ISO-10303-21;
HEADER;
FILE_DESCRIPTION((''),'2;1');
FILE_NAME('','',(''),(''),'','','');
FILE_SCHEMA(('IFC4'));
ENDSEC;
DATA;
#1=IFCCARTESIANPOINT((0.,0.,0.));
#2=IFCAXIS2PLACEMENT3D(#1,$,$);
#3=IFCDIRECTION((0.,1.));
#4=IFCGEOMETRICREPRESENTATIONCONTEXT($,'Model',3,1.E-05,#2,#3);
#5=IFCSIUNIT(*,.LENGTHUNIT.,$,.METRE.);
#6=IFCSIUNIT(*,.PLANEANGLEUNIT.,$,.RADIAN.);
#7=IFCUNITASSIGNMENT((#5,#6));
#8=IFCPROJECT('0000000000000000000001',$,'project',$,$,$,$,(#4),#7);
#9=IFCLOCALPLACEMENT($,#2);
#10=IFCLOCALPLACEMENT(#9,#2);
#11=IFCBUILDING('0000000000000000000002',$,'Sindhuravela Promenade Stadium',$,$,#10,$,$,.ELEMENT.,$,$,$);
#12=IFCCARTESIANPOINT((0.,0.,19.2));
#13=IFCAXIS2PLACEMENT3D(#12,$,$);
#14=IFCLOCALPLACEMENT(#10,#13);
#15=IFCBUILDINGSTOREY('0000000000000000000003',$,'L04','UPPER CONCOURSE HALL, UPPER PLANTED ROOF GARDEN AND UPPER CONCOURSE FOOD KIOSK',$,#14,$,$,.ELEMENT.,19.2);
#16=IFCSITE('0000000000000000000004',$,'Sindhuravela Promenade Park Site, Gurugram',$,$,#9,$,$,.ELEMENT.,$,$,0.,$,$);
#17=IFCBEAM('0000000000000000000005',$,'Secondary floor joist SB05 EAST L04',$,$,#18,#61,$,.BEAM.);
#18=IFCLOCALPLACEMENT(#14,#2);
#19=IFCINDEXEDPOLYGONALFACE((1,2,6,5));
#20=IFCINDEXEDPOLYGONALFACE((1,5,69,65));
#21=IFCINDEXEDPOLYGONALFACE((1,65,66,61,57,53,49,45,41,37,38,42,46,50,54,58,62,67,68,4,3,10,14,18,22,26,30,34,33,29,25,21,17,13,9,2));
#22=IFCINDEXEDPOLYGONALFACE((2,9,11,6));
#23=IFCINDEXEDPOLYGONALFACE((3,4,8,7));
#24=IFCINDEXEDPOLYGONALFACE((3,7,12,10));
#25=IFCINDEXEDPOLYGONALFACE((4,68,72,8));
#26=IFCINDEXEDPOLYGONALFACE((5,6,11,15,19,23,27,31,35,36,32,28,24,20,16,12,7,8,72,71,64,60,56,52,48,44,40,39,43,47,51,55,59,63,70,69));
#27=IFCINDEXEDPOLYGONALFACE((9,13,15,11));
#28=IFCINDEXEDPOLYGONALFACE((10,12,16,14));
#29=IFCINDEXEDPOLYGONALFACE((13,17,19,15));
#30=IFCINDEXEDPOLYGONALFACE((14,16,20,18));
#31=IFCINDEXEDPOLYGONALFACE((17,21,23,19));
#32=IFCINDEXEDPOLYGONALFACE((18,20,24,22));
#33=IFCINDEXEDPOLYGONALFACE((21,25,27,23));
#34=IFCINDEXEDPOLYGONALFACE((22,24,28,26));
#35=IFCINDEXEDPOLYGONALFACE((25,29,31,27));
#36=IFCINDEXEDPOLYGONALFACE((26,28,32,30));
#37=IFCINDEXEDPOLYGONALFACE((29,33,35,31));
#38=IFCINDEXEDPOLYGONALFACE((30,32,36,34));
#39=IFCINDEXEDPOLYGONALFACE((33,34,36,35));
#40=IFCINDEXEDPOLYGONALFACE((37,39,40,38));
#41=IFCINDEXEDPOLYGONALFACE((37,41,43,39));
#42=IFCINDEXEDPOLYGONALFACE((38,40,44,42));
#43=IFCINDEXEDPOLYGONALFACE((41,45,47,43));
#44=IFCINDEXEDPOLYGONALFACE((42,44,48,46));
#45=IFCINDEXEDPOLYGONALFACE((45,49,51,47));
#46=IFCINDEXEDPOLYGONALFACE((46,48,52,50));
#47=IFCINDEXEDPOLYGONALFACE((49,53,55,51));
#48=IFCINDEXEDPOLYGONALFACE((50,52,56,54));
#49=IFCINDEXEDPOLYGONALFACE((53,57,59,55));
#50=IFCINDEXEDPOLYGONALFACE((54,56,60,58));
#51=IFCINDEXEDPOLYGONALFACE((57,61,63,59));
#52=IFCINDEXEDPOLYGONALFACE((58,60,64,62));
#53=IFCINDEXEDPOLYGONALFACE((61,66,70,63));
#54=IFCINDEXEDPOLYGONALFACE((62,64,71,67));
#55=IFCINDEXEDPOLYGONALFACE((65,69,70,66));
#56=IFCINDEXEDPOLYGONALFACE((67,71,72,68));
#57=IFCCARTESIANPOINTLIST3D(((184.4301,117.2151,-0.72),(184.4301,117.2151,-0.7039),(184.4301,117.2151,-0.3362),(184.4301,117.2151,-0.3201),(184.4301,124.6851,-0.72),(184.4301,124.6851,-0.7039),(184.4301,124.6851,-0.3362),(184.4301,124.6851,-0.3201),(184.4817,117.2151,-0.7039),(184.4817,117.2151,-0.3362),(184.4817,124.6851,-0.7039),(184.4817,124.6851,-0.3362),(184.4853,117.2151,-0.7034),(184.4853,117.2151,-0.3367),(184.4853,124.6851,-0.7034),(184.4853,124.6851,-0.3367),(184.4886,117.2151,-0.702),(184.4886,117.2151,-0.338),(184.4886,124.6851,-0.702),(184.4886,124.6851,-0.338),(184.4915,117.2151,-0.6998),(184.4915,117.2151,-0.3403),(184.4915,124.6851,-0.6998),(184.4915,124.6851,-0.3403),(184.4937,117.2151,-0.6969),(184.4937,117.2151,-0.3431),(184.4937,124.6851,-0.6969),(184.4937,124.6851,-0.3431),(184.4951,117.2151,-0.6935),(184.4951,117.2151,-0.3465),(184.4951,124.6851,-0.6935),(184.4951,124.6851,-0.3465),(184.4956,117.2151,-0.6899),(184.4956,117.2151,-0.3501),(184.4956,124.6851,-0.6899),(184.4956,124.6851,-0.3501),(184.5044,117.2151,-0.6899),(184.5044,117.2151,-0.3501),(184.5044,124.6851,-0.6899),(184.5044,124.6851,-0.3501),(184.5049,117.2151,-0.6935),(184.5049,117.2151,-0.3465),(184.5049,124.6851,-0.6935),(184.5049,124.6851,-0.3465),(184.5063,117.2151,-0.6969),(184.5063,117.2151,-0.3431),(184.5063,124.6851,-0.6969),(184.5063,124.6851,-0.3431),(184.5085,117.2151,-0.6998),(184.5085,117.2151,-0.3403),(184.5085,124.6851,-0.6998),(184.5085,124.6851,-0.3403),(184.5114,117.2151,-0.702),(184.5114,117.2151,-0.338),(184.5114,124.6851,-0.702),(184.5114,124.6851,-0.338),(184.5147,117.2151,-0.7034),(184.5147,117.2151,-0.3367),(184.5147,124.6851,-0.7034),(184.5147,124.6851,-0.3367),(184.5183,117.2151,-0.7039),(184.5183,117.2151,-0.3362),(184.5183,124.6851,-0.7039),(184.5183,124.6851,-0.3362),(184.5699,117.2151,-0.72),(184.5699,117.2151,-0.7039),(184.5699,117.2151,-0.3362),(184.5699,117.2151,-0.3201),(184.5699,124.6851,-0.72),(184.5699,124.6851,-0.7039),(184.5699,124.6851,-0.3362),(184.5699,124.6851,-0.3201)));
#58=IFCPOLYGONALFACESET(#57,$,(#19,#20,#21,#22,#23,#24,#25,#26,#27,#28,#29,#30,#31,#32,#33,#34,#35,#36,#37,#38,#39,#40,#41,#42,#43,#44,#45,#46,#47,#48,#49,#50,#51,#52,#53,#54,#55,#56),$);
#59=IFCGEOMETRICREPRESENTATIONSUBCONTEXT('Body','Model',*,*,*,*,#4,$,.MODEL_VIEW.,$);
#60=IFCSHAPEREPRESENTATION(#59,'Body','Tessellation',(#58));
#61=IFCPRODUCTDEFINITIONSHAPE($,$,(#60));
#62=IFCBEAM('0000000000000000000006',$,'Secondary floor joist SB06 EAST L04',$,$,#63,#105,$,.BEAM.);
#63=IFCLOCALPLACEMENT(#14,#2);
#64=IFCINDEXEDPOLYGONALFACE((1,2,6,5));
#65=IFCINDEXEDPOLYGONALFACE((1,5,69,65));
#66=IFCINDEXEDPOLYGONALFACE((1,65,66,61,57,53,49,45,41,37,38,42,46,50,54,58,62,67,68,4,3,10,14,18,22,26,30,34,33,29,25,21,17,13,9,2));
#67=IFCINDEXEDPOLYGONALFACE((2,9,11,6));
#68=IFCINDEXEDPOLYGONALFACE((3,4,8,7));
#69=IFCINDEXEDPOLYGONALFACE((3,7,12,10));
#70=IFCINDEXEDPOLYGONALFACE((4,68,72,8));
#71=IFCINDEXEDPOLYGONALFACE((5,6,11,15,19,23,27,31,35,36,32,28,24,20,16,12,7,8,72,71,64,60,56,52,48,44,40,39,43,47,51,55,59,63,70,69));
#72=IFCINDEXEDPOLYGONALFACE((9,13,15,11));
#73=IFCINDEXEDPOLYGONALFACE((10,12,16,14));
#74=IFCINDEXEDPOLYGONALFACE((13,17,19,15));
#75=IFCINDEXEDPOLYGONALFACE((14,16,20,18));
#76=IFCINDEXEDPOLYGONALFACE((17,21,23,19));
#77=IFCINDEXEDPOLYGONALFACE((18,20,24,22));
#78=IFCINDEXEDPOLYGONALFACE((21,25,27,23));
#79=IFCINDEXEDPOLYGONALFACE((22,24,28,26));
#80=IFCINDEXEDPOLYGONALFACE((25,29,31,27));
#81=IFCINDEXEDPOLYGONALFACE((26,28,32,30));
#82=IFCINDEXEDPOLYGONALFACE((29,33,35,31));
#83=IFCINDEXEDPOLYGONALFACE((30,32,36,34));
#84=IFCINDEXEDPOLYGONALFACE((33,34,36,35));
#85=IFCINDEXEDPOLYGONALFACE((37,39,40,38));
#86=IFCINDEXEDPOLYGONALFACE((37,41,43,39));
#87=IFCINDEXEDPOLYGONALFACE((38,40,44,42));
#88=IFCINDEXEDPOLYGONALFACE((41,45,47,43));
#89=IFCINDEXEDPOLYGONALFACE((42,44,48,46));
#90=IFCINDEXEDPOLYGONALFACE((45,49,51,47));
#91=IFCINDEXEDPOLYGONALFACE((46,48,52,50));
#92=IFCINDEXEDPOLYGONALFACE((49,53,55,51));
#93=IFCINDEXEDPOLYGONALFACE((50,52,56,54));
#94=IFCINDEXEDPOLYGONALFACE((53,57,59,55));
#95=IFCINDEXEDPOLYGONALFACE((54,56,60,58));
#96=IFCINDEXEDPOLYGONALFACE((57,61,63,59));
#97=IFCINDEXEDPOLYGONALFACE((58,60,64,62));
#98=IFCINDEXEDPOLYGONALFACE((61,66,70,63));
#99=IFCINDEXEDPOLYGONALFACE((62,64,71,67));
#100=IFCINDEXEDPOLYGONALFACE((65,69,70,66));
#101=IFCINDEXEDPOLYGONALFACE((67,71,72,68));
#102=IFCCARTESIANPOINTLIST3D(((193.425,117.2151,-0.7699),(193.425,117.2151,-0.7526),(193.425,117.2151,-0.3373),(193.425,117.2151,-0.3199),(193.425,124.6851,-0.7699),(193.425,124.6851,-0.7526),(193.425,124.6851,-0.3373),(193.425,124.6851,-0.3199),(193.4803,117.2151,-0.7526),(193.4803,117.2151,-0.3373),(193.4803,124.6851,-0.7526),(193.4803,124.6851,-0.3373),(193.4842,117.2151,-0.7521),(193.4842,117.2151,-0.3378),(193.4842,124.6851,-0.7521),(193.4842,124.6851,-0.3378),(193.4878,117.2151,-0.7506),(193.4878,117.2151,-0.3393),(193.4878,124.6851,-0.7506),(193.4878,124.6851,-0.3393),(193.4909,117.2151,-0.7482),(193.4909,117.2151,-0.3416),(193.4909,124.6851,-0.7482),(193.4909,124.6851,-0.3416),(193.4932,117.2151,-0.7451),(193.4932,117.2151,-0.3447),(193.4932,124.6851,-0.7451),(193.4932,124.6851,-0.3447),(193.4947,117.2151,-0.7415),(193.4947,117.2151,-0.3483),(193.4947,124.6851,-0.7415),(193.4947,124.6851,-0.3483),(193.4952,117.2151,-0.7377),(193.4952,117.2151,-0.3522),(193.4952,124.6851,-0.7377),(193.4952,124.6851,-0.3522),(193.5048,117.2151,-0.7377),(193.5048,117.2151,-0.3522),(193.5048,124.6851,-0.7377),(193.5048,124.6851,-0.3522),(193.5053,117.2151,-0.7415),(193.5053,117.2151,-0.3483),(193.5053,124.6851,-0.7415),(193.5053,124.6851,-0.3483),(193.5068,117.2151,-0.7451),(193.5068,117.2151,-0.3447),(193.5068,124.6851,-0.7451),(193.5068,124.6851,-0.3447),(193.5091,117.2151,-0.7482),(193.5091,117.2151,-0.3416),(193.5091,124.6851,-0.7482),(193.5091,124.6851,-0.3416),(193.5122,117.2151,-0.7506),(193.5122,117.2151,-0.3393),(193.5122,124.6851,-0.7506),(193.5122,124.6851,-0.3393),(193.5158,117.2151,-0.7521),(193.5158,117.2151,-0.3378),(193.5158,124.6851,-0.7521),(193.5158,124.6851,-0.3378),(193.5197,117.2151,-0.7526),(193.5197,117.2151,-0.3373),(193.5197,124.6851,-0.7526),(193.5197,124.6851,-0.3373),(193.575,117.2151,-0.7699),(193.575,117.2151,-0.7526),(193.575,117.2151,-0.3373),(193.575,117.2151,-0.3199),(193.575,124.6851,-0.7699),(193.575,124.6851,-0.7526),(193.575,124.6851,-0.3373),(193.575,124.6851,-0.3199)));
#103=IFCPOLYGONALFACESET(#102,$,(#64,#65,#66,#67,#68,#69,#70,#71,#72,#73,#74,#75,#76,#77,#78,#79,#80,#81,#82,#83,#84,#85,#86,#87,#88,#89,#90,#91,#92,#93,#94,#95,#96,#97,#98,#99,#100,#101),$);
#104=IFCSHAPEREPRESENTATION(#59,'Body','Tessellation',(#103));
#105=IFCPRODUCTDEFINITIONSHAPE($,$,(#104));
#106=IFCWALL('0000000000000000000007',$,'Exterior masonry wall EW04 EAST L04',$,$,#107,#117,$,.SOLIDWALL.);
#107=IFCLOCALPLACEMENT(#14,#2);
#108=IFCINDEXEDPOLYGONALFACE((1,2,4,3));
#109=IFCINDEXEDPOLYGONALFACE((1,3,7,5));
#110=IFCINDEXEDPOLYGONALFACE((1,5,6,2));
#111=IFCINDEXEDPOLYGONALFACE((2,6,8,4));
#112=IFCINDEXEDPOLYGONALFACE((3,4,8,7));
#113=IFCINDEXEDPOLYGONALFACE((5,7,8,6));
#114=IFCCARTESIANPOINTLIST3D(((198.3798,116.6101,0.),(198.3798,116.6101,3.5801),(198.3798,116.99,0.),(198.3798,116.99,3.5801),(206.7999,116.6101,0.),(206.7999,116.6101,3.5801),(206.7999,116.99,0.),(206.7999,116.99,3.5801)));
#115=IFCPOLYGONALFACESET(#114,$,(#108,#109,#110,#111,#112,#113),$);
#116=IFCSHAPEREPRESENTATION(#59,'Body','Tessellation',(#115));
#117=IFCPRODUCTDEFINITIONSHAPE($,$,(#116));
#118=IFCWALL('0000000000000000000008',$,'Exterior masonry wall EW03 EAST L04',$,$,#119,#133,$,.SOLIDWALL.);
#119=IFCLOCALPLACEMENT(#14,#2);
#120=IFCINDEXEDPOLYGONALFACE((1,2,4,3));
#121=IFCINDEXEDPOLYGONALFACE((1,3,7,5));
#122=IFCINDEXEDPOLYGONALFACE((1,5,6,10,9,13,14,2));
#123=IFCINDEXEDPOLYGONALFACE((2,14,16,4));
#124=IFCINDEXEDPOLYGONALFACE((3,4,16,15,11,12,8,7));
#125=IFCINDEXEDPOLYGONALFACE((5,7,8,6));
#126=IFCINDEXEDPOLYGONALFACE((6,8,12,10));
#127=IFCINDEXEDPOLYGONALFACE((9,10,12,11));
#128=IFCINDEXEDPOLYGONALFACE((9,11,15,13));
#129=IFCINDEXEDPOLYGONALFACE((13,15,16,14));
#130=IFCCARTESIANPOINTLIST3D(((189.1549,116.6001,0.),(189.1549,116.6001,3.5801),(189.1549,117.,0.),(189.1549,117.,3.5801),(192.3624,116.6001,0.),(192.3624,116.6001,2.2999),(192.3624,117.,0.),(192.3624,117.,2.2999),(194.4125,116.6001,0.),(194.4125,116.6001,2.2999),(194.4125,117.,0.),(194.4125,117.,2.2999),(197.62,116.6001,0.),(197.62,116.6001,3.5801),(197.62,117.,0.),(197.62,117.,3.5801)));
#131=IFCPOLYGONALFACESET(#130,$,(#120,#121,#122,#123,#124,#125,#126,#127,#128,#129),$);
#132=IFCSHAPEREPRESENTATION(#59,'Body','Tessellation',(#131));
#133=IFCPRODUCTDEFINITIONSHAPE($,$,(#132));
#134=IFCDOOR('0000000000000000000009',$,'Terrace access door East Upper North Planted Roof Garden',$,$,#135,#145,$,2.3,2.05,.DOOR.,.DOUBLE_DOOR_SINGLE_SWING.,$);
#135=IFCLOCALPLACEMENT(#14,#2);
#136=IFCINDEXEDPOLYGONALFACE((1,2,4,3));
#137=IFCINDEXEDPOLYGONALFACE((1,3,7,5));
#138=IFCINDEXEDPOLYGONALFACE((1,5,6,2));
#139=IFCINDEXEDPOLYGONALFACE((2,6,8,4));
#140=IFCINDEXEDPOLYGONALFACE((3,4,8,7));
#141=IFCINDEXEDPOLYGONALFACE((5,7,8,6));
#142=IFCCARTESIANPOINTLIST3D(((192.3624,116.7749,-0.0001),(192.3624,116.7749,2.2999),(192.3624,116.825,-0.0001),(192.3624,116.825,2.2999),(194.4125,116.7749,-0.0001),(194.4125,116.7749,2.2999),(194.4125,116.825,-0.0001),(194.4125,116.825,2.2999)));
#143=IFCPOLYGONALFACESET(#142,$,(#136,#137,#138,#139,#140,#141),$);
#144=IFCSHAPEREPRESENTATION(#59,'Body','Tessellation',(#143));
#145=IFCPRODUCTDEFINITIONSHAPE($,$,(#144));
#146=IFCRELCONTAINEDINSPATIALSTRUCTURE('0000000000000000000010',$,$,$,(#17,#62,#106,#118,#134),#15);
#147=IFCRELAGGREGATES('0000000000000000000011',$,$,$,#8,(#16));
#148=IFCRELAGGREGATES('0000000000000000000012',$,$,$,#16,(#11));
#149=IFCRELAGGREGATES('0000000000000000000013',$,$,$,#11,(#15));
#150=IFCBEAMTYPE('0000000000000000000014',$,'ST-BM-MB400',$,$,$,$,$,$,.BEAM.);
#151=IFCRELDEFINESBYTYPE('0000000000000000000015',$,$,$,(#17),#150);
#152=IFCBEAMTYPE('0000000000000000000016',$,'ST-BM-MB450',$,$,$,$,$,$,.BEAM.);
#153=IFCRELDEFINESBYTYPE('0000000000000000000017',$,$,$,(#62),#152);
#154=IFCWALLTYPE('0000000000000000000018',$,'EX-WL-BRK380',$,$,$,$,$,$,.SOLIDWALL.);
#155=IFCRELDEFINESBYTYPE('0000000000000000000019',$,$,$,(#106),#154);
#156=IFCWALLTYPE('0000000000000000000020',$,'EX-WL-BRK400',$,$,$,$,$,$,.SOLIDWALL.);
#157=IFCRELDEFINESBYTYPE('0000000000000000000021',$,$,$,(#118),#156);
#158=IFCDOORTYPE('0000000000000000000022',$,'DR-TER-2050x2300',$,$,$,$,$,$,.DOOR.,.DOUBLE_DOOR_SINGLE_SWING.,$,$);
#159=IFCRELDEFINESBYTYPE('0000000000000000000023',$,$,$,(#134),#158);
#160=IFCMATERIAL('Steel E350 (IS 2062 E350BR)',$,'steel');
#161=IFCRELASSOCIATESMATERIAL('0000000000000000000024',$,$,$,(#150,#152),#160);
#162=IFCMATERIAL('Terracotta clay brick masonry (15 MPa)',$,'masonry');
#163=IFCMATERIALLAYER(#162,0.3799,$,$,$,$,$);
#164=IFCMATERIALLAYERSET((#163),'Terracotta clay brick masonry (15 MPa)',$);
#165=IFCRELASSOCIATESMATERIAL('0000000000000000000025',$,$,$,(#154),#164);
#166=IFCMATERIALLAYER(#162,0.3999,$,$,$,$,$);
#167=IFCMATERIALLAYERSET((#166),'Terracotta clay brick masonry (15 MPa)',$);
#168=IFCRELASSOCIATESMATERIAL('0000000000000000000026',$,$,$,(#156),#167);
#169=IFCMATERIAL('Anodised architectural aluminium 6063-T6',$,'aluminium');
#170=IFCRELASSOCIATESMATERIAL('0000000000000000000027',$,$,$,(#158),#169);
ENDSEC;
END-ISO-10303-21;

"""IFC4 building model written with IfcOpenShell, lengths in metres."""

from ifc_helpers import new_model, si_unit, direction, frame, frame_2d, origin, origin_2d, place, context, subcontext, project, spatial, rectangle, i_section, extrude, material, layer, layer_set, material_profile, profile_set, type_object, element, fill, save


model = new_model("IFC4")

# Units and contexts
model_context = context("Model", 3, precision=1e-05, world=origin(), true_north=direction((0.0, 1.0)))
body_context = subcontext(model_context, "Body", "Model", "MODEL_VIEW")
ifc_project = project(units=[si_unit("LENGTHUNIT", "METRE"), si_unit("PLANEANGLEUNIT", "RADIAN")], contexts=[model_context])

# Site, building, storey
site_placement = place(None, origin())
site = spatial("IfcSite", under=ifc_project, at=site_placement, Name="Sindhuravela Promenade Park Site, Gurugram", CompositionType="ELEMENT", RefElevation=0.0)
building_placement = place(site_placement, origin())
building = spatial("IfcBuilding", under=site, at=building_placement, Name="Sindhuravela Promenade Stadium", CompositionType="ELEMENT")
storey_placement = place(building_placement, frame((0.0, 0.0, 19.2)))
storey = spatial("IfcBuildingStorey", under=building, at=storey_placement, Name="L04", Description="UPPER CONCOURSE HALL, UPPER PLANTED ROOF GARDEN AND UPPER CONCOURSE FOOD KIOSK", CompositionType="ELEMENT", Elevation=19.2)

# Shared definitions
ifc_material_1 = material(Name="Steel E350 (IS 2062 E350BR)", Category="steel")

# Beams
ifc_material_profile_1 = material_profile(ifc_material_1, i_section(OverallWidth=0.1399, OverallDepth=0.3999, WebThickness=0.0088, FlangeThickness=0.0161, FilletRadius=0.0139, at=origin_2d()), Name="ISMB 400")
ifc_profile_set_1 = profile_set([ifc_material_profile_1], Name="Steel E350 (IS 2062 E350BR)")
beam_type_1 = type_object("IfcBeamType", Name="ST-BM-MB400", PredefinedType="BEAM", material=ifc_profile_set_1)
beam_1_placement = place(storey_placement, frame((184.5, 117.2151, -0.52), z_axis=(0.0, 1.0, 0.0), x_axis=(-1.0, 0.0, 0.0)))
element("IfcBeam", 1, at=beam_1_placement, inside=storey, type_object=beam_type_1, Name="Secondary floor joist SB05 EAST L04", PredefinedType="BEAM", context=body_context, shape_type="SweptSolid", body=[
    extrude(i_section(OverallWidth=0.1399, OverallDepth=0.3999, WebThickness=0.0088, FlangeThickness=0.0161, FilletRadius=0.0139, at=origin_2d()), origin(), (0.0, 0.0, 1.0), 7.47),
])
ifc_material_profile_2 = material_profile(ifc_material_1, i_section(OverallWidth=0.1499, OverallDepth=0.45, WebThickness=0.0095, FlangeThickness=0.0173, FilletRadius=0.0149, at=origin_2d()), Name="ISMB 450")
ifc_profile_set_2 = profile_set([ifc_material_profile_2], Name="Steel E350 (IS 2062 E350BR)")
beam_type_2 = type_object("IfcBeamType", Name="ST-BM-MB450", PredefinedType="BEAM", material=ifc_profile_set_2)
beam_2_placement = place(storey_placement, frame((193.5, 117.2151, -0.5449), z_axis=(0.0, 1.0, 0.0), x_axis=(-1.0, 0.0, 0.0)))
element("IfcBeam", 2, at=beam_2_placement, inside=storey, type_object=beam_type_2, Name="Secondary floor joist SB06 EAST L04", PredefinedType="BEAM", context=body_context, shape_type="SweptSolid", body=[
    extrude(i_section(OverallWidth=0.1499, OverallDepth=0.45, WebThickness=0.0095, FlangeThickness=0.0173, FilletRadius=0.0149, at=origin_2d()), origin(), (0.0, 0.0, 1.0), 7.47),
])

# Wall
ifc_material_2 = material(Name="Terracotta clay brick masonry (15 MPa)", Category="masonry")
ifc_layer_1 = layer(ifc_material_2, 0.3799)
ifc_layer_set_1 = layer_set([ifc_layer_1], Name="Terracotta clay brick masonry (15 MPa)")
wall_type_1 = type_object("IfcWallType", Name="EX-WL-BRK380", PredefinedType="SOLIDWALL", material=ifc_layer_set_1)
wall_1_placement = place(storey_placement, frame((198.3799, 116.8, 0.0), z_axis=(0.0, 0.0, 1.0), x_axis=(1.0, 0.0, 0.0)))
element("IfcWall", 3, at=wall_1_placement, inside=storey, type_object=wall_type_1, Name="Exterior masonry wall EW04 EAST L04", PredefinedType="SOLIDWALL", context=body_context, shape_type="SweptSolid", body=[
    extrude(rectangle(XDim=8.4202, YDim=0.3799, at=frame_2d((4.21, 0.0))), origin(), (0.0, 0.0, 1.0), 3.5801),
])

# Wall, opening, door
ifc_layer_2 = layer(ifc_material_2, 0.3999)
ifc_layer_set_2 = layer_set([ifc_layer_2], Name="Terracotta clay brick masonry (15 MPa)")
wall_type_2 = type_object("IfcWallType", Name="EX-WL-BRK400", PredefinedType="SOLIDWALL", material=ifc_layer_set_2)
wall_2_placement = place(storey_placement, frame((189.155, 116.8, 0.0), z_axis=(0.0, 0.0, 1.0), x_axis=(1.0, 0.0, 0.0)))
wall_2 = element("IfcWall", 4, at=wall_2_placement, inside=storey, type_object=wall_type_2, Name="Exterior masonry wall EW03 EAST L04", PredefinedType="SOLIDWALL", context=body_context, shape_type="SweptSolid", body=[
    extrude(rectangle(XDim=8.4651, YDim=0.3999, at=frame_2d((4.2324, 0.0))), origin(), (0.0, 0.0, 1.0), 3.5801),
])
opening_placement = place(wall_2_placement, frame((3.2075, 0.0, 0.0)))
opening = element("IfcOpeningElement", 5, at=opening_placement, cuts=wall_2, PredefinedType="OPENING", context=body_context, shape_type="SweptSolid", body=[
    extrude(rectangle(XDim=2.05, YDim=2.3, at=frame_2d((1.0249, 1.1499))), frame((0.0, 0.21, 0.0), z_axis=(0.0, -1.0, 0.0), x_axis=(1.0, 0.0, 0.0)), (0.0, 0.0, 1.0), 0.4199),
])
ifc_material_3 = material(Name="Anodised architectural aluminium 6063-T6", Category="aluminium")
door_type = type_object("IfcDoorType", Name="DR-TER-2050x2300", OperationType="DOUBLE_DOOR_SINGLE_SWING", PredefinedType="DOOR", material=ifc_material_3)
door_placement = place(opening_placement, origin())
door = element("IfcDoor", 6, at=door_placement, inside=storey, type_object=door_type, Name="Terrace access door East Upper North Planted Roof Garden", OperationType="DOUBLE_DOOR_SINGLE_SWING", OverallHeight=2.3, OverallWidth=2.05, PredefinedType="DOOR", context=body_context, shape_type="SweptSolid", body=[
    extrude(rectangle(XDim=2.05, YDim=2.3, at=frame_2d((1.0249, 1.1499))), frame((0.0, 0.0249, 0.0), z_axis=(0.0, -1.0, 0.0), x_axis=(1.0, 0.0, 0.0)), (0.0, 0.0, 1.0), 0.05),
])
fill(opening, door)

save(model, "model.ifc")
